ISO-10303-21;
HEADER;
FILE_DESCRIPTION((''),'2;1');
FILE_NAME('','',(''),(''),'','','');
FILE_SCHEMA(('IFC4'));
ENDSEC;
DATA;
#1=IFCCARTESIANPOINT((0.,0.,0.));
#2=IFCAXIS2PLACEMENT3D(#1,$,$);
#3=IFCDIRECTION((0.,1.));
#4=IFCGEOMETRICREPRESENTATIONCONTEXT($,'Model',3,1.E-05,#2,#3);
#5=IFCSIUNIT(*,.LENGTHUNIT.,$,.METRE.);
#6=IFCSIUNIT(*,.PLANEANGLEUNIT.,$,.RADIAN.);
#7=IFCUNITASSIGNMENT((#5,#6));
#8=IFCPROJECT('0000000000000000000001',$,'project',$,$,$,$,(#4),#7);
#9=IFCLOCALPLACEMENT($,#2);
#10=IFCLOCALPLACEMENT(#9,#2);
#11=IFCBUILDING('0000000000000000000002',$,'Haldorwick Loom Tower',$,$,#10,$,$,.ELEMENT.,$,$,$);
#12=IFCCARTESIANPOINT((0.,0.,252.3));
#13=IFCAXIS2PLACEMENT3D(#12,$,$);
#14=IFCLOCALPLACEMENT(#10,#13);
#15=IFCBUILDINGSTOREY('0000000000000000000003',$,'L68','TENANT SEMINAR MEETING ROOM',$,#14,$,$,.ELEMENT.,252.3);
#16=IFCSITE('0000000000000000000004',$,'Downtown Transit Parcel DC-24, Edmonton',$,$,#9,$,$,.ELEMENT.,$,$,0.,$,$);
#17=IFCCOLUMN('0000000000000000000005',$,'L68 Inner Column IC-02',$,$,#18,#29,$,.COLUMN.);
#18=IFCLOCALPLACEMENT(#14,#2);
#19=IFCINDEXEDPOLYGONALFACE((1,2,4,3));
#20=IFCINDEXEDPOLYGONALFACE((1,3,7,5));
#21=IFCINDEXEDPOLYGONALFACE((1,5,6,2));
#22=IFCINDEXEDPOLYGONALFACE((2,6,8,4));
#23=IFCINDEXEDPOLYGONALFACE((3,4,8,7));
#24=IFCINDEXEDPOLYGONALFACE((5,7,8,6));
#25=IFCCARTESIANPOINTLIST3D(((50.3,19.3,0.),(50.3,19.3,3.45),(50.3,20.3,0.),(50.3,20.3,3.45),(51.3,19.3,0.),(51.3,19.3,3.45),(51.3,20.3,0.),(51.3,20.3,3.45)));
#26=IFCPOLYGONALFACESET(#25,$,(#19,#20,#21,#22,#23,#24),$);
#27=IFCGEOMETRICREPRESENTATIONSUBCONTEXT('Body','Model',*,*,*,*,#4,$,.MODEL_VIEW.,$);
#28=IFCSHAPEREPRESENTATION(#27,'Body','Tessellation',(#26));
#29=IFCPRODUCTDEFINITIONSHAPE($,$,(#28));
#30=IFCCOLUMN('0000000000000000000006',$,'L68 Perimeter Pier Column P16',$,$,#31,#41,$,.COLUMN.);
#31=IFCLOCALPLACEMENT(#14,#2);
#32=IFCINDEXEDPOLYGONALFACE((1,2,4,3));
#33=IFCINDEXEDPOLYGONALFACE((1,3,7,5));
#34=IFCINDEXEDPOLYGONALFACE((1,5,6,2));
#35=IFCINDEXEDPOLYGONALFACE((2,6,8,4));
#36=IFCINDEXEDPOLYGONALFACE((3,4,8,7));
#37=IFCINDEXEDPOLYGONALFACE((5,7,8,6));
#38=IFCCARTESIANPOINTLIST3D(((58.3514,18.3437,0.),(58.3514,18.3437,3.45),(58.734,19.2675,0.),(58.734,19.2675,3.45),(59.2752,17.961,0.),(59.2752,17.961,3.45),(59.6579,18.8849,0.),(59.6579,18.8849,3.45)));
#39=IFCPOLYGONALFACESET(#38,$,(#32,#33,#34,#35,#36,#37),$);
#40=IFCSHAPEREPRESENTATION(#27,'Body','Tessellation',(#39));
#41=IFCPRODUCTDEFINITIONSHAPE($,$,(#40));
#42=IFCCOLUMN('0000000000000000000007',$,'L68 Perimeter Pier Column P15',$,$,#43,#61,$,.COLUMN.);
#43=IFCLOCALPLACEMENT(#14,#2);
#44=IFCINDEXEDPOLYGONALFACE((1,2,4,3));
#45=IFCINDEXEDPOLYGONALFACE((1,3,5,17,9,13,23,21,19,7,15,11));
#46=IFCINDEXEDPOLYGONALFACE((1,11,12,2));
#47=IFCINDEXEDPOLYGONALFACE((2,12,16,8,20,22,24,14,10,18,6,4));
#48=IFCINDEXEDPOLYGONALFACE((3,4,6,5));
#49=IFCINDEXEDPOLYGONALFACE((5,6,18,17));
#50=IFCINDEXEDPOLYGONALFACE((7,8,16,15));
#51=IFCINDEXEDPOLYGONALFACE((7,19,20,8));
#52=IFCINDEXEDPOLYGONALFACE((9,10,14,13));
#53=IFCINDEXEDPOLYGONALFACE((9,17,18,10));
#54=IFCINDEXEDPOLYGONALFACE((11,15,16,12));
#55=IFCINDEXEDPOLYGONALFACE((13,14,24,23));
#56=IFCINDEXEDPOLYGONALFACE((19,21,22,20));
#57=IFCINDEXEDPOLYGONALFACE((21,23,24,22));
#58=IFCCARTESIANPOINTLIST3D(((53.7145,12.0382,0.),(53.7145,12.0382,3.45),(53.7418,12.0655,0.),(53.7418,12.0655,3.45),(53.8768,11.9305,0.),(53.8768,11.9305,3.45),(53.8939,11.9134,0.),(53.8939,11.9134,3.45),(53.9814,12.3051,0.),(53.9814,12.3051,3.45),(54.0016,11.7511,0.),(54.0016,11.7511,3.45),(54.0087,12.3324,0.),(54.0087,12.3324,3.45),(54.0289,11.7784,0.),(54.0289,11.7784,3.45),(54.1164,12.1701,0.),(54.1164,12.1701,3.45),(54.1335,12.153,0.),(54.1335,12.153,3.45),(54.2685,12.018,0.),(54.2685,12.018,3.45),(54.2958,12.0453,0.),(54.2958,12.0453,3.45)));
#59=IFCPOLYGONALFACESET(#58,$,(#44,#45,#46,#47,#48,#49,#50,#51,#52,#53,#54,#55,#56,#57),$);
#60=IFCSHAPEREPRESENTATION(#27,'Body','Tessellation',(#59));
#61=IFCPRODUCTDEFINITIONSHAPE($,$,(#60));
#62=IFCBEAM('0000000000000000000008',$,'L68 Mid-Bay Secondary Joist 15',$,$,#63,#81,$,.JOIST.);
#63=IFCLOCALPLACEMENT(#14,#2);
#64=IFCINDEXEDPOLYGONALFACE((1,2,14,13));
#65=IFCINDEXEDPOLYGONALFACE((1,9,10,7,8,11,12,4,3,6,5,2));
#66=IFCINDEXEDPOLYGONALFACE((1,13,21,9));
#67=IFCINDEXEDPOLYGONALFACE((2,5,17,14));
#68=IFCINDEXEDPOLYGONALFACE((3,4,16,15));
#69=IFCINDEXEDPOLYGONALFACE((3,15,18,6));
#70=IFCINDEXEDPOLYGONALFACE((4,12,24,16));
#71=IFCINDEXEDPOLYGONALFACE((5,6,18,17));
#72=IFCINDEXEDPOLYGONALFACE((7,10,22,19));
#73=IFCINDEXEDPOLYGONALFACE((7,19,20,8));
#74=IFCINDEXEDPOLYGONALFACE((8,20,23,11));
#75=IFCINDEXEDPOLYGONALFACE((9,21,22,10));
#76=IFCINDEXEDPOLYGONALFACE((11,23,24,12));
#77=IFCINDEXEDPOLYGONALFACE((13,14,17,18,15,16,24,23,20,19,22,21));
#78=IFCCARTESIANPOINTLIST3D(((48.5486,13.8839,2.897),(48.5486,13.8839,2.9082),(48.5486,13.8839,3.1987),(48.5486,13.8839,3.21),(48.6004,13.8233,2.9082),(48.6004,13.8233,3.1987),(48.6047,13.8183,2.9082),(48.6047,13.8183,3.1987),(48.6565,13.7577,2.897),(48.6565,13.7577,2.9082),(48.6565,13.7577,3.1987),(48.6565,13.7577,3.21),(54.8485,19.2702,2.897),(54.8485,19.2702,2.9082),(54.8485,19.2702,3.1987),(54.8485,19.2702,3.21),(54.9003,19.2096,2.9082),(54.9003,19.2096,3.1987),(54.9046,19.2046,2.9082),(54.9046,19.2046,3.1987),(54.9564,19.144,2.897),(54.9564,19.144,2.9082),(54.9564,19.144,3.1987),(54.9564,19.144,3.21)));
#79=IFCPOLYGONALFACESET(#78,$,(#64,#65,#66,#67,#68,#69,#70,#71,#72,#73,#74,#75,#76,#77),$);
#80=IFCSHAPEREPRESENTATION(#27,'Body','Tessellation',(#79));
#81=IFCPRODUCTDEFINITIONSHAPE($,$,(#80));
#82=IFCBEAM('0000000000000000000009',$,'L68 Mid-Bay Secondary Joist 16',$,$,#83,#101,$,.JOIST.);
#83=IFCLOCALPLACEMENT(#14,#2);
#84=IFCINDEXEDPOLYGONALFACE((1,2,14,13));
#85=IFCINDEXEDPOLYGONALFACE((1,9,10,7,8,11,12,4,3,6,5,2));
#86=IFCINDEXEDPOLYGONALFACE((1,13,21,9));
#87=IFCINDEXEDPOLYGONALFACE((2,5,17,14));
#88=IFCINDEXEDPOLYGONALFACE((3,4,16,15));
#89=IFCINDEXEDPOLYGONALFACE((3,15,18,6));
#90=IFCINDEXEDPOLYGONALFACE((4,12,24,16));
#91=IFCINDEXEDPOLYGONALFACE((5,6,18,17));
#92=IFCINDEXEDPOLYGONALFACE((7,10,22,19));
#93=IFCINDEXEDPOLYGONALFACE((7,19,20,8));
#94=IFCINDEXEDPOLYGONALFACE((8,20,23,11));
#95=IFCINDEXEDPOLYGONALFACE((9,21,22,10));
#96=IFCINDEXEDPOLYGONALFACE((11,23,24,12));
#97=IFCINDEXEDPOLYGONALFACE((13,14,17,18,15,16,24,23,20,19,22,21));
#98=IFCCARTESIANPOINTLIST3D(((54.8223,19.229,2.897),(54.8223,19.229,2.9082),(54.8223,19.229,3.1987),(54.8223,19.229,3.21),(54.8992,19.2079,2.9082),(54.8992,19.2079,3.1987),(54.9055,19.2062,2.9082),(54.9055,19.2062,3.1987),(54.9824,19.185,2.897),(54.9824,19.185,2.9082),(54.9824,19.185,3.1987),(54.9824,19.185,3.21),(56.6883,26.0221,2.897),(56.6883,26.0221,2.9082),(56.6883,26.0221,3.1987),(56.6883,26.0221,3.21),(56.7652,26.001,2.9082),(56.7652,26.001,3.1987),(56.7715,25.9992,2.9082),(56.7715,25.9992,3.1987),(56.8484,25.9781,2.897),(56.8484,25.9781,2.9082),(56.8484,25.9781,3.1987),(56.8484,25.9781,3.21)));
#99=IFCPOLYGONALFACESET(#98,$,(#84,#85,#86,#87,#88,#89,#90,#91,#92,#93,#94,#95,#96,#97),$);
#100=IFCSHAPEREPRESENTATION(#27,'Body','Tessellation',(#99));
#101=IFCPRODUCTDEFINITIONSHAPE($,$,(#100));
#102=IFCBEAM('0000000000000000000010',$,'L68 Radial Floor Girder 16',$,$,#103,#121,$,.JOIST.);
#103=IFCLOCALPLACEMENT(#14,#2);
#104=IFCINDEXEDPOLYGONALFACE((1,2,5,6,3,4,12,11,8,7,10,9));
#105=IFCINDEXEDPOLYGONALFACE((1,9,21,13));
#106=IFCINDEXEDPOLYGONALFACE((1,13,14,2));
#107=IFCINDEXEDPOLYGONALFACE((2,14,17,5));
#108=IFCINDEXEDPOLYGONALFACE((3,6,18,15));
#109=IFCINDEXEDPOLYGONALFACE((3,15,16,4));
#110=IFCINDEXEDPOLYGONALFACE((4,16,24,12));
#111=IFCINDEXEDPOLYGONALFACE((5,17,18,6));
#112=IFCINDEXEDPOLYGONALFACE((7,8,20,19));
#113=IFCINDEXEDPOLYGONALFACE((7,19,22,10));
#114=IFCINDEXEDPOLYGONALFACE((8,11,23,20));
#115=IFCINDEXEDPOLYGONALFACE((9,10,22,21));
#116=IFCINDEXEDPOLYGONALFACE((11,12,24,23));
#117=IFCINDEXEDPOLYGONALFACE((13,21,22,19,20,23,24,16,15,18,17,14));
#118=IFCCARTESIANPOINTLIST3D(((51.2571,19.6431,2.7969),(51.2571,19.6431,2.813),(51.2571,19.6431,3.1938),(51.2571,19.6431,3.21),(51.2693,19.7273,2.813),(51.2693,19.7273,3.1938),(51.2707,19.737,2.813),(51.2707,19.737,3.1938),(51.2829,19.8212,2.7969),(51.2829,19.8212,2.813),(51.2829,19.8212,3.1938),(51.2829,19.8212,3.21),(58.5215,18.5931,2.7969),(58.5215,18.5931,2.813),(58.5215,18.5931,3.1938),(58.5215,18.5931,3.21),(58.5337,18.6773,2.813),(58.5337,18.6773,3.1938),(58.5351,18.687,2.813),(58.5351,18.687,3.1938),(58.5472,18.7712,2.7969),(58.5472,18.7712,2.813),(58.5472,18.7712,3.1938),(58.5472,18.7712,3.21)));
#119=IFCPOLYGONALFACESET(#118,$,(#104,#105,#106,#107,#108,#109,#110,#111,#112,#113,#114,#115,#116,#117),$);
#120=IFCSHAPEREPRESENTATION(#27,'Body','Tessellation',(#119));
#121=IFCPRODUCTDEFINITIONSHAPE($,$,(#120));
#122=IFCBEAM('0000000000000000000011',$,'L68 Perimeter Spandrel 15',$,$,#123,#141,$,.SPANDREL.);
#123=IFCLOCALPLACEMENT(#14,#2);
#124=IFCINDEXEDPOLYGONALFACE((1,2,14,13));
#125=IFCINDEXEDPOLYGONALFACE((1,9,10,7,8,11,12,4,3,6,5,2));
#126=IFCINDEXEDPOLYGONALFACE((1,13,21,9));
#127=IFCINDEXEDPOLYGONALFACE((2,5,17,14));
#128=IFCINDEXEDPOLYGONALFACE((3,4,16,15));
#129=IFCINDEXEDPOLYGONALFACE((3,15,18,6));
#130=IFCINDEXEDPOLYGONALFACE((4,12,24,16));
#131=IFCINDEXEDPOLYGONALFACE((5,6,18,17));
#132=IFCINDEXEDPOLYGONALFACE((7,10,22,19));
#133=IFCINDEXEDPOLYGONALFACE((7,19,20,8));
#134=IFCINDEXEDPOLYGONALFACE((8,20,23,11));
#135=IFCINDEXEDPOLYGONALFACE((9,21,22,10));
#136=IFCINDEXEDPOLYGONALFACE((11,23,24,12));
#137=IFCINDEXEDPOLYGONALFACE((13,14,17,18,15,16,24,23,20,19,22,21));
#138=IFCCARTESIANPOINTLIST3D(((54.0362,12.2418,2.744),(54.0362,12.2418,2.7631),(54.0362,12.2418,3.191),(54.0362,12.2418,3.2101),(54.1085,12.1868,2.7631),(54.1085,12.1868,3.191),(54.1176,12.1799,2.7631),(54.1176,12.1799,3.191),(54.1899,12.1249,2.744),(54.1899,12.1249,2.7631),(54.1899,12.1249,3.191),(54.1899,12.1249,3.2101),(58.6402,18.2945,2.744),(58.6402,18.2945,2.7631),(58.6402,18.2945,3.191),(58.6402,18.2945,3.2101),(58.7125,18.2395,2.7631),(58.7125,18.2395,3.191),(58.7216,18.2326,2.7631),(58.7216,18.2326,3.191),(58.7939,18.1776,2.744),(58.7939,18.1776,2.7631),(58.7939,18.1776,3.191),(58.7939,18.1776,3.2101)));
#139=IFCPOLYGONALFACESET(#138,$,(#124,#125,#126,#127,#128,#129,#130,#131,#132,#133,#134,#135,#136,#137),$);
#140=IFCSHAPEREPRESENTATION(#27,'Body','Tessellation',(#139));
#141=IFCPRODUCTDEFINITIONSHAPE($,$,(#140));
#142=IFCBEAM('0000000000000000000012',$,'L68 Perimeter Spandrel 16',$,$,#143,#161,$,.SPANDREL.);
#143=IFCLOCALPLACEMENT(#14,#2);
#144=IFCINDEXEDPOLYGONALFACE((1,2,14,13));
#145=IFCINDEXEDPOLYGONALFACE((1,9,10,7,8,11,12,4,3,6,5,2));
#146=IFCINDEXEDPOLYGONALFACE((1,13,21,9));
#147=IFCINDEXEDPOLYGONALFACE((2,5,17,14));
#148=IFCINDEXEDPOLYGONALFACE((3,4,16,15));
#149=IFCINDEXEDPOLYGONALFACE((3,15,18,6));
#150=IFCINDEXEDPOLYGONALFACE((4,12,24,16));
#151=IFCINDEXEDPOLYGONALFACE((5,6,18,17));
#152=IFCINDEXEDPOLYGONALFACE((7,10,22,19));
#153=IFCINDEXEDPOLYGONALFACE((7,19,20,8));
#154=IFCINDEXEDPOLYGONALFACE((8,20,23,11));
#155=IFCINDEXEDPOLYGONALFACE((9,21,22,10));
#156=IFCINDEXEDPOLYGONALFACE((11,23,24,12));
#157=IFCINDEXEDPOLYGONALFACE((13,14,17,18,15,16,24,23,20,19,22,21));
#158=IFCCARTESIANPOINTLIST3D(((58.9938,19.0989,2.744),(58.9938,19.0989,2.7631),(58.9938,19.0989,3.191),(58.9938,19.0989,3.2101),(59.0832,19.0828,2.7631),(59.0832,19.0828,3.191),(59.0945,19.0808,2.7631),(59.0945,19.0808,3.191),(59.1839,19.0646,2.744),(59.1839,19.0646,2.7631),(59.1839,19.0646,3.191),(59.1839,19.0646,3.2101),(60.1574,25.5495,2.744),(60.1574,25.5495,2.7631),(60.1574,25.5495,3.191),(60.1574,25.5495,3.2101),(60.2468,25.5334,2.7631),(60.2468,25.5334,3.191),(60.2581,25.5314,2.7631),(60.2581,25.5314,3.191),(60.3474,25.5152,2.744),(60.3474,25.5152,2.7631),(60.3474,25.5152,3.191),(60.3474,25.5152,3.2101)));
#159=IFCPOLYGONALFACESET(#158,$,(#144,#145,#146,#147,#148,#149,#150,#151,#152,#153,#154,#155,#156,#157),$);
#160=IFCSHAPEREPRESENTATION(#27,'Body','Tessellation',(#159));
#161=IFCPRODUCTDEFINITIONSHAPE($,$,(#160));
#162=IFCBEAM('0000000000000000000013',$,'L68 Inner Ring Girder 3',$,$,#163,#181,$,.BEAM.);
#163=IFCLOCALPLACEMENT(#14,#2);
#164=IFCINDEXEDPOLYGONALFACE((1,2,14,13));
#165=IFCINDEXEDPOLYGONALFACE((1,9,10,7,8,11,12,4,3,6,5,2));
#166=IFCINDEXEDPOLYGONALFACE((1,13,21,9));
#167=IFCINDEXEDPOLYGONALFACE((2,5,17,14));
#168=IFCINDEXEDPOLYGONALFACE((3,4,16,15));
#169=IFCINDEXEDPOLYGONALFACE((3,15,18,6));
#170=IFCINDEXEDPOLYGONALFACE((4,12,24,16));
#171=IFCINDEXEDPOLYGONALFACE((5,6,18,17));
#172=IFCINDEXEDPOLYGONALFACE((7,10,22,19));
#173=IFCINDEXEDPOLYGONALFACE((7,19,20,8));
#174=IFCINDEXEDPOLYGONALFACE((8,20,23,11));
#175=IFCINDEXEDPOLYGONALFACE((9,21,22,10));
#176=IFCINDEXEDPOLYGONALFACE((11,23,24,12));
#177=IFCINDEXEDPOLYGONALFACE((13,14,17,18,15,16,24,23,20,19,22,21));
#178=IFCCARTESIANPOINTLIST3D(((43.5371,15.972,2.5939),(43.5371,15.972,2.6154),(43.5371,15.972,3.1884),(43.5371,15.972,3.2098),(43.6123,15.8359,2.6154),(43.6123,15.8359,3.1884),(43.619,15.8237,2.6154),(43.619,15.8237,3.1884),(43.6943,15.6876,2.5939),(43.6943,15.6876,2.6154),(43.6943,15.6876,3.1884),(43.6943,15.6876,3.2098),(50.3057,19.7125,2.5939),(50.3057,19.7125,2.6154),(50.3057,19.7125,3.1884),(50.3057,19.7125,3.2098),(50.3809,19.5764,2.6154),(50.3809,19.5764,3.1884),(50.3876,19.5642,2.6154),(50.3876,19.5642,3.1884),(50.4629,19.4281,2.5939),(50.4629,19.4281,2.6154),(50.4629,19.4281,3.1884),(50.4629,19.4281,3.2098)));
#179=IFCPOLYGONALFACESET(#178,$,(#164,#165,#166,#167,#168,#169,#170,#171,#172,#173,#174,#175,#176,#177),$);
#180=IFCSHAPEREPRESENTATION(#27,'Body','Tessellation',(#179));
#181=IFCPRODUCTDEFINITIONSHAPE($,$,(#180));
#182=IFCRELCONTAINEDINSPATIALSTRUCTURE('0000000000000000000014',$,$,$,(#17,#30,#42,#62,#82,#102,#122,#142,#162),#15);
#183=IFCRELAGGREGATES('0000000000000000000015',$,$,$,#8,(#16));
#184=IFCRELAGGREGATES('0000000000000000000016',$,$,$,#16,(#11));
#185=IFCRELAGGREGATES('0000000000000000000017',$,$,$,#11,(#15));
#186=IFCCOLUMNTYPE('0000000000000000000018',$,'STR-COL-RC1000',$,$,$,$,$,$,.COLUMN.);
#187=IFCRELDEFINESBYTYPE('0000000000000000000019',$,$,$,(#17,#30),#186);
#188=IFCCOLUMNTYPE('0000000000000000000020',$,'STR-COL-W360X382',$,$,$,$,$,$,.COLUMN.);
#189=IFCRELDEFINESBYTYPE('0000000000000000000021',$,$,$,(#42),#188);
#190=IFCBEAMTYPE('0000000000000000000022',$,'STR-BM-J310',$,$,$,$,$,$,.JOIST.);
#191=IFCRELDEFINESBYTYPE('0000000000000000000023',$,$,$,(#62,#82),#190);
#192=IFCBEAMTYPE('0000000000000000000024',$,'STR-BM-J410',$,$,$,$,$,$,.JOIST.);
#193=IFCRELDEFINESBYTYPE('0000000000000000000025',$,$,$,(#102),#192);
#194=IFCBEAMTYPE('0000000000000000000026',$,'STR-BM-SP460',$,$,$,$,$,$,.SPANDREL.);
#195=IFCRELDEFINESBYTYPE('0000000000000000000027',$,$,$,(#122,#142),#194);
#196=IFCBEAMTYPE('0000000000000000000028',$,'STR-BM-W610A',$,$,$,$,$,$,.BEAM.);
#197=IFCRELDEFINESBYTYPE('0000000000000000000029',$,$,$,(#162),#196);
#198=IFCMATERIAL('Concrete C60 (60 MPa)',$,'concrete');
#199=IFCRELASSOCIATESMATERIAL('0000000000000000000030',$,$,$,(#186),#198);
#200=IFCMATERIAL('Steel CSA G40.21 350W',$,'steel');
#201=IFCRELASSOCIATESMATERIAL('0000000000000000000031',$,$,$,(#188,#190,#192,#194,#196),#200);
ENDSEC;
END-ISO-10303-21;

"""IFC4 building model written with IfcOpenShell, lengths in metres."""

from ifc_helpers import new_model, si_unit, direction, frame, origin, origin_2d, place, context, subcontext, project, spatial, rectangle, i_section, extrude, material, material_profile, profile_set, type_object, element, save


model = new_model("IFC4")

# Units and contexts
model_context = context("Model", 3, precision=1e-05, world=origin(), true_north=direction((0.0, 1.0)))
body_context = subcontext(model_context, "Body", "Model", "MODEL_VIEW")
ifc_project = project(units=[si_unit("LENGTHUNIT", "METRE"), si_unit("PLANEANGLEUNIT", "RADIAN")], contexts=[model_context])

# Site, building, storey
site_placement = place(None, origin())
site = spatial("IfcSite", under=ifc_project, at=site_placement, Name="Downtown Transit Parcel DC-24, Edmonton", CompositionType="ELEMENT", RefElevation=0.0)
building_placement = place(site_placement, origin())
building = spatial("IfcBuilding", under=site, at=building_placement, Name="Haldorwick Loom Tower", CompositionType="ELEMENT")
storey_placement = place(building_placement, frame((0.0, 0.0, 252.3)))
storey = spatial("IfcBuildingStorey", under=building, at=storey_placement, Name="L68", Description="TENANT SEMINAR MEETING ROOM", CompositionType="ELEMENT", Elevation=252.3)

# Columns
ifc_material_1 = material(Name="Concrete C60 (60 MPa)", Category="concrete")
ifc_material_profile_1 = material_profile(ifc_material_1, rectangle(XDim=1.0, YDim=1.0, at=origin_2d()), Name="RC1000X1000", Category="concrete")
ifc_profile_set_1 = profile_set([ifc_material_profile_1], Name="Concrete C60 (60 MPa)")
column_type_1 = type_object("IfcColumnType", Name="STR-COL-RC1000", PredefinedType="COLUMN", material=ifc_profile_set_1)
for number, where, z_axis, x_axis, name in (
    (1, (50.8, 19.8, 0.0), (0.0, 0.0, 1.0), (1.0, 0.0, 0.0), "L68 Inner Column IC-02"),
    (2, (59.0046, 18.6143, 0.0), (0.0, 0.0, 1.0), (0.92388, -0.382683, 0.0), "L68 Perimeter Pier Column P16"),
):
    element("IfcColumn", number, at=place(storey_placement, frame(where, z_axis=z_axis, x_axis=x_axis)), inside=storey, type_object=column_type_1, Name=name, PredefinedType="COLUMN", context=body_context, shape_type="SweptSolid", body=[
        extrude(rectangle(XDim=1.0, YDim=1.0, at=origin_2d()), origin(), (0.0, 0.0, 1.0), 3.45),
    ])
ifc_material_2 = material(Name="Steel CSA G40.21 350W", Category="steel")
ifc_material_profile_2 = material_profile(ifc_material_2, i_section(OverallWidth=0.406, OverallDepth=0.416, WebThickness=0.0242, FlangeThickness=0.0386, at=origin_2d()), Name="W360X382", Category="steel")
ifc_profile_set_2 = profile_set([ifc_material_profile_2], Name="Steel CSA G40.21 350W")
column_type_2 = type_object("IfcColumnType", Name="STR-COL-W360X382", PredefinedType="COLUMN", material=ifc_profile_set_2)
column_placement = place(storey_placement, frame((54.0051, 12.0417, 0.0), z_axis=(0.0, 0.0, 1.0), x_axis=(0.707107, -0.707107, 0.0)))
element("IfcColumn", 3, at=column_placement, inside=storey, type_object=column_type_2, Name="L68 Perimeter Pier Column P15", PredefinedType="COLUMN", context=body_context, shape_type="SweptSolid", body=[
    extrude(i_section(OverallWidth=0.406, OverallDepth=0.416, WebThickness=0.0242, FlangeThickness=0.0386, at=origin_2d()), origin(), (0.0, 0.0, 1.0), 3.45),
])

# Beams
ifc_material_profile_3 = material_profile(ifc_material_2, i_section(OverallWidth=0.166, OverallDepth=0.313, WebThickness=0.0066, FlangeThickness=0.0112, at=origin_2d()), Name="W310X45", Category="steel")
ifc_profile_set_3 = profile_set([ifc_material_profile_3], Name="Steel CSA G40.21 350W")
beam_type_1 = type_object("IfcBeamType", Name="STR-BM-J310", PredefinedType="JOIST", material=ifc_profile_set_3)
beam_1_placement = place(storey_placement, frame((48.6025, 13.8208, 3.0535), z_axis=(0.760067, 0.649845, 0.0), x_axis=(-0.649845, 0.760067, 0.0)))
element("IfcBeam", 4, at=beam_1_placement, inside=storey, type_object=beam_type_1, Name="L68 Mid-Bay Secondary Joist 15", PredefinedType="JOIST", context=body_context, shape_type="SweptSolid", body=[
    extrude(i_section(OverallWidth=0.166, OverallDepth=0.313, WebThickness=0.0066, FlangeThickness=0.0112, at=origin_2d()), origin(), (0.0, 0.0, 1.0), 8.2886),
])
beam_2_placement = place(storey_placement, frame((54.9023, 19.207, 3.0535), z_axis=(0.264879, 0.964282, 0.0), x_axis=(-0.964282, 0.264879, 0.0)))
element("IfcBeam", 5, at=beam_2_placement, inside=storey, type_object=beam_type_1, Name="L68 Mid-Bay Secondary Joist 16", PredefinedType="JOIST", context=body_context, shape_type="SweptSolid", body=[
    extrude(i_section(OverallWidth=0.166, OverallDepth=0.313, WebThickness=0.0066, FlangeThickness=0.0112, at=origin_2d()), origin(), (0.0, 0.0, 1.0), 7.0447),
])
ifc_material_profile_4 = material_profile(ifc_material_2, i_section(OverallWidth=0.1799, OverallDepth=0.4131, WebThickness=0.0098, FlangeThickness=0.0161, at=origin_2d()), Name="W410X74", Category="steel")
ifc_profile_set_4 = profile_set([ifc_material_profile_4], Name="Steel CSA G40.21 350W")
beam_type_2 = type_object("IfcBeamType", Name="STR-BM-J410", PredefinedType="JOIST", material=ifc_profile_set_4)
beam_3_placement = place(storey_placement, frame((51.27, 19.7322, 3.0034), z_axis=(0.989714, -0.14306, 0.0), x_axis=(0.14306, 0.989714, 0.0)))
element("IfcBeam", 6, at=beam_3_placement, inside=storey, type_object=beam_type_2, Name="L68 Radial Floor Girder 16", PredefinedType="JOIST", context=body_context, shape_type="SweptSolid", body=[
    extrude(i_section(OverallWidth=0.1799, OverallDepth=0.4131, WebThickness=0.0098, FlangeThickness=0.0161, at=origin_2d()), origin(), (0.0, 0.0, 1.0), 7.3398),
])
ifc_material_profile_5 = material_profile(ifc_material_2, i_section(OverallWidth=0.1931, OverallDepth=0.4661, WebThickness=0.0115, FlangeThickness=0.019, at=origin_2d()), Name="W460X97", Category="steel")
ifc_profile_set_5 = profile_set([ifc_material_profile_5], Name="Steel CSA G40.21 350W")
beam_type_3 = type_object("IfcBeamType", Name="STR-BM-SP460", PredefinedType="SPANDREL", material=ifc_profile_set_5)
beam_4_placement = place(storey_placement, frame((54.113, 12.1833, 2.9771), z_axis=(0.60541, 0.795913, 0.0), x_axis=(-0.795913, 0.60541, 0.0)))
element("IfcBeam", 7, at=beam_4_placement, inside=storey, type_object=beam_type_3, Name="L68 Perimeter Spandrel 15", PredefinedType="SPANDREL", context=body_context, shape_type="SweptSolid", body=[
    extrude(i_section(OverallWidth=0.1931, OverallDepth=0.4661, WebThickness=0.0115, FlangeThickness=0.019, at=origin_2d()), origin(), (0.0, 0.0, 1.0), 7.6047),
])
beam_5_placement = place(storey_placement, frame((59.0889, 19.0818, 2.9771), z_axis=(0.177515, 0.984118, 0.0), x_axis=(-0.984118, 0.177515, 0.0)))
element("IfcBeam", 8, at=beam_5_placement, inside=storey, type_object=beam_type_3, Name="L68 Perimeter Spandrel 16", PredefinedType="SPANDREL", context=body_context, shape_type="SweptSolid", body=[
    extrude(i_section(OverallWidth=0.1931, OverallDepth=0.4661, WebThickness=0.0115, FlangeThickness=0.019, at=origin_2d()), origin(), (0.0, 0.0, 1.0), 6.5547),
])
ifc_material_profile_6 = material_profile(ifc_material_2, i_section(OverallWidth=0.325, OverallDepth=0.616, WebThickness=0.0139, FlangeThickness=0.0215, at=origin_2d()), Name="W610X174", Category="steel")
ifc_profile_set_6 = profile_set([ifc_material_profile_6], Name="Steel CSA G40.21 350W")
beam_type_4 = type_object("IfcBeamType", Name="STR-BM-W610A", PredefinedType="BEAM", material=ifc_profile_set_6)
beam_6_placement = place(storey_placement, frame((50.3843, 19.5703, 2.9019), z_axis=(-0.875244, -0.483682, 0.0), x_axis=(0.483682, -0.875244, 0.0)))
element("IfcBeam", 9, at=beam_6_placement, inside=storey, type_object=beam_type_4, Name="L68 Inner Ring Girder 3", PredefinedType="BEAM", context=body_context, shape_type="SweptSolid", body=[
    extrude(i_section(OverallWidth=0.325, OverallDepth=0.616, WebThickness=0.0139, FlangeThickness=0.0215, at=origin_2d()), origin(), (0.0, 0.0, 1.0), 7.7334),
])

save(model, "model.ifc")
